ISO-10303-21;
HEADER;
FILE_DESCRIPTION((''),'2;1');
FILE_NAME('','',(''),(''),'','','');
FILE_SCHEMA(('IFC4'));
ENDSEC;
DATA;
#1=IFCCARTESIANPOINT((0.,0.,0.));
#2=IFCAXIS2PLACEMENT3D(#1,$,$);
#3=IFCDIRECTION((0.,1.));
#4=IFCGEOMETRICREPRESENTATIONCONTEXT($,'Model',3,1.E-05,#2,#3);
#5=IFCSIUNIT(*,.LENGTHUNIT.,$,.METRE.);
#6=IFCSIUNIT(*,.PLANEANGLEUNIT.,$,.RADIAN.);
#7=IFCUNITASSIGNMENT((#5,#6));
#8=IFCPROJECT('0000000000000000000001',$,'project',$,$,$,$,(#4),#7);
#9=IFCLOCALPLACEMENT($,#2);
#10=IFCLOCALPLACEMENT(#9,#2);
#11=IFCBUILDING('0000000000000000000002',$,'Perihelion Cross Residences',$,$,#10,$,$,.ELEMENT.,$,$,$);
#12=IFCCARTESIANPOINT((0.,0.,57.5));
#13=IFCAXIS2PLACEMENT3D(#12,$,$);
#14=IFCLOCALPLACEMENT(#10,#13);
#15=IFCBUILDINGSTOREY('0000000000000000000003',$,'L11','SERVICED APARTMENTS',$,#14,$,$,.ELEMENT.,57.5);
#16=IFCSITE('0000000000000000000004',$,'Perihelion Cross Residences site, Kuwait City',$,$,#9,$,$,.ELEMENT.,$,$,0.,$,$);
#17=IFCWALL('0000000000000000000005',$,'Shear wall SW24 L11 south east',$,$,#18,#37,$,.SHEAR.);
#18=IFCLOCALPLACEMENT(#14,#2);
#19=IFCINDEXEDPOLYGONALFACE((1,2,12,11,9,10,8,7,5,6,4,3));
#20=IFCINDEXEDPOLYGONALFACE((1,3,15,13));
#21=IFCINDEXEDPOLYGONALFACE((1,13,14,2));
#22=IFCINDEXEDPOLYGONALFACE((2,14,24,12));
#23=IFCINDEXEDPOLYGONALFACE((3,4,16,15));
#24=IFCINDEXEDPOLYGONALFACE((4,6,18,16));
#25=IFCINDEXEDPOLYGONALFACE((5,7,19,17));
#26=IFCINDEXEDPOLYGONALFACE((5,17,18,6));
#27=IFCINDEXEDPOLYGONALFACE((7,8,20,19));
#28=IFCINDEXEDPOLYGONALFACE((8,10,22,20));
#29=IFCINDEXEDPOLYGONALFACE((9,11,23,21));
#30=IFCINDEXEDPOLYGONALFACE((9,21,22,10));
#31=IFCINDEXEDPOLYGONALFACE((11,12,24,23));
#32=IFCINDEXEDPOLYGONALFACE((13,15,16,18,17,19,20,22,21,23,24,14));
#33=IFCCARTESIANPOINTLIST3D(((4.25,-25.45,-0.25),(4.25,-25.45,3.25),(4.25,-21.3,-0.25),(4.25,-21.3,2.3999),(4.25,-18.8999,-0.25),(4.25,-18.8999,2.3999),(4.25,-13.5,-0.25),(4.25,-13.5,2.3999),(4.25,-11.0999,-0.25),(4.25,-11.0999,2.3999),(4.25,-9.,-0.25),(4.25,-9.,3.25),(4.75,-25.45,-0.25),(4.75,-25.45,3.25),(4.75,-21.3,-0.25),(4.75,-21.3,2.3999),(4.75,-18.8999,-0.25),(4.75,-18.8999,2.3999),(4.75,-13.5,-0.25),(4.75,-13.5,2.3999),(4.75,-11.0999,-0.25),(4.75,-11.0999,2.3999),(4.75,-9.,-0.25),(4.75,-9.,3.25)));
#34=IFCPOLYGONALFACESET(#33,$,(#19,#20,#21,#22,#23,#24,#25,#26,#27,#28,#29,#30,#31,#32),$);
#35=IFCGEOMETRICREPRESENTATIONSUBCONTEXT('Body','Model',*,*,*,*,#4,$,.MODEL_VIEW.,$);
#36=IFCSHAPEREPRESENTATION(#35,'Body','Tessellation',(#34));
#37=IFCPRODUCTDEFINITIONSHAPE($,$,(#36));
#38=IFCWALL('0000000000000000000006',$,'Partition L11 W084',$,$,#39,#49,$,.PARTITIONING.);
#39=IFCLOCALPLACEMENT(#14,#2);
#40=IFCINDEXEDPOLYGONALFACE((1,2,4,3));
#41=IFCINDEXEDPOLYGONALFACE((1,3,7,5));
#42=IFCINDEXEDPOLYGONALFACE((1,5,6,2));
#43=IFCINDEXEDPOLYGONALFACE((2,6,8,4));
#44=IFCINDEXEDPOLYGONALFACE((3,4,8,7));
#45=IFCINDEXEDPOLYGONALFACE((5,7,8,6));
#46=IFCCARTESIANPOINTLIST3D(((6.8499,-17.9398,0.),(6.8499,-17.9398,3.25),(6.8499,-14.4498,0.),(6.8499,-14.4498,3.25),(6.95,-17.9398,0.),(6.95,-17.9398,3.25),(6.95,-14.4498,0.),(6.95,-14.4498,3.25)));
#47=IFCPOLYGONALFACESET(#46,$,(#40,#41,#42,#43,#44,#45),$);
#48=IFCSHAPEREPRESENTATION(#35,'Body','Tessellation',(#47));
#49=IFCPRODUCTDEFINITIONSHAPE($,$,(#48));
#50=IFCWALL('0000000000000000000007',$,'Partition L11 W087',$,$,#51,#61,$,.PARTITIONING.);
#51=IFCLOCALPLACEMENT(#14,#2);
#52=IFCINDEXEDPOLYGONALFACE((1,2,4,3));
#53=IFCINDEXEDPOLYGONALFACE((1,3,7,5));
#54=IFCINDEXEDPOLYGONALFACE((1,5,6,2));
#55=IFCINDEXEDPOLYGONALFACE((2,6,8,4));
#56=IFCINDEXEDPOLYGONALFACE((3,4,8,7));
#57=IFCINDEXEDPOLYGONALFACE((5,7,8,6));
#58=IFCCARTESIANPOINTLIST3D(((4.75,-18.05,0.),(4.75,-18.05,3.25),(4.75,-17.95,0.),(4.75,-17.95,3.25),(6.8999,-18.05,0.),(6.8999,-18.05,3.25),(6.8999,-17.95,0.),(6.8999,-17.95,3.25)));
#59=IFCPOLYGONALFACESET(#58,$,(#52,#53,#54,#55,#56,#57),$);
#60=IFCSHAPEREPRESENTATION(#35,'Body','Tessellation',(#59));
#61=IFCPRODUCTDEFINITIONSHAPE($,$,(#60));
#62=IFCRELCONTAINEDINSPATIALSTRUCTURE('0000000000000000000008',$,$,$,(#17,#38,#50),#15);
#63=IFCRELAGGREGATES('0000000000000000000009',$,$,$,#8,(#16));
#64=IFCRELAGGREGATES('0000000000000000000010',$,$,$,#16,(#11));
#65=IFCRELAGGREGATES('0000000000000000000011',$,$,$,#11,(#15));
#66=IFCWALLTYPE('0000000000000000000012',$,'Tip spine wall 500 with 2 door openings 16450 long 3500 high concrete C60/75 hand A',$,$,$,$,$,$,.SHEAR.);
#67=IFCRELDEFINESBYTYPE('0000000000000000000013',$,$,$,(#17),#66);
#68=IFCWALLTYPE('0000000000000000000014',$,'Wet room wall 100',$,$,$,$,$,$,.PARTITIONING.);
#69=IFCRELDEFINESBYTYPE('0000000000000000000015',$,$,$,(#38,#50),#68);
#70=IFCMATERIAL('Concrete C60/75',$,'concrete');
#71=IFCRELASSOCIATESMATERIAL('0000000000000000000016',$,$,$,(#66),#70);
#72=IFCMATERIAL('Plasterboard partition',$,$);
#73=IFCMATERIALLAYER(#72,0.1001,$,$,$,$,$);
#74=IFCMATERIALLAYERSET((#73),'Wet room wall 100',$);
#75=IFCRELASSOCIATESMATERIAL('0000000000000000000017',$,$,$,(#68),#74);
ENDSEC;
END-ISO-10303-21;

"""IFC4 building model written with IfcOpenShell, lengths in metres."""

from ifc_helpers import new_model, si_unit, direction, frame, frame_2d, origin, place, context, subcontext, project, spatial, polyline, rectangle, outline, extrude, material, layer, layer_set, material_profile, profile_set, type_object, element, save


model = new_model("IFC4")

# Units and contexts
model_context = context("Model", 3, precision=1e-05, world=origin(), true_north=direction((0.0, 1.0)))
body_context = subcontext(model_context, "Body", "Model", "MODEL_VIEW")
ifc_project = project(units=[si_unit("LENGTHUNIT", "METRE"), si_unit("PLANEANGLEUNIT", "RADIAN")], contexts=[model_context])

# Site, building, storey
site_placement = place(None, origin())
site = spatial("IfcSite", under=ifc_project, at=site_placement, Name="Perihelion Cross Residences site, Kuwait City", CompositionType="ELEMENT", RefElevation=0.0)
building_placement = place(site_placement, origin())
building = spatial("IfcBuilding", under=site, at=building_placement, Name="Perihelion Cross Residences", CompositionType="ELEMENT")
storey_placement = place(building_placement, frame((0.0, 0.0, 57.5)))
storey = spatial("IfcBuildingStorey", under=building, at=storey_placement, Name="L11", Description="SERVICED APARTMENTS", CompositionType="ELEMENT", Elevation=57.5)

# Walls
ifc_material_1 = material(Name="Concrete C60/75", Category="concrete")
ifc_material_profile_1 = material_profile(ifc_material_1, outline(polyline([(0.0, 0.0), (4.1499, 0.0), (4.1499, 2.6499), (6.55, 2.6499), (6.55, 0.0), (11.95, 0.0), (11.95, 2.6499), (14.3501, 2.6499), (14.3501, 0.0), (16.45, 0.0), (16.45, 3.5), (0.0, 3.5), (0.0, 0.0)])), Name="Tip spine wall")
ifc_profile_set_1 = profile_set([ifc_material_profile_1], Name="Concrete C60/75")
wall_type_1 = type_object("IfcWallType", Name="Tip spine wall 500 with 2 door openings 16450 long 3500 high concrete C60/75 hand A", PredefinedType="SHEAR", material=ifc_profile_set_1)
wall_1_placement = place(storey_placement, frame((4.25, -25.45, -0.25), z_axis=(1.0, 0.0, 0.0), x_axis=(0.0, 1.0, 0.0)))
element("IfcWall", 1, at=wall_1_placement, inside=storey, type_object=wall_type_1, Name="Shear wall SW24 L11 south east", PredefinedType="SHEAR", context=body_context, shape_type="SweptSolid", body=[
    extrude(outline(polyline([(0.0, 0.0), (4.1499, 0.0), (4.1499, 2.6499), (6.55, 2.6499), (6.55, 0.0), (11.95, 0.0), (11.95, 2.6499), (14.3501, 2.6499), (14.3501, 0.0), (16.45, 0.0), (16.45, 3.5), (0.0, 3.5), (0.0, 0.0)])), origin(), (0.0, 0.0, 1.0), 0.5),
])
ifc_material_2 = material(Name="Plasterboard partition")
ifc_layer_1 = layer(ifc_material_2, 0.1001)
ifc_layer_set_1 = layer_set([ifc_layer_1], Name="Wet room wall 100")
wall_type_2 = type_object("IfcWallType", Name="Wet room wall 100", PredefinedType="PARTITIONING", material=ifc_layer_set_1)
wall_2_placement = place(storey_placement, frame((6.8999, -17.9399, 0.0), z_axis=(0.0, 0.0, 1.0), x_axis=(0.0, 1.0, 0.0)))
element("IfcWall", 2, at=wall_2_placement, inside=storey, type_object=wall_type_2, Name="Partition L11 W084", PredefinedType="PARTITIONING", context=body_context, shape_type="SweptSolid", body=[
    extrude(rectangle(XDim=3.49, YDim=0.1001, at=frame_2d((1.7451, 0.0))), origin(), (0.0, 0.0, 1.0), 3.25),
])
wall_3_placement = place(storey_placement, frame((6.8999, -18.0, 0.0), z_axis=(0.0, 0.0, 1.0), x_axis=(-1.0, 0.0, 0.0)))
element("IfcWall", 3, at=wall_3_placement, inside=storey, type_object=wall_type_2, Name="Partition L11 W087", PredefinedType="PARTITIONING", context=body_context, shape_type="SweptSolid", body=[
    extrude(rectangle(XDim=2.1499, YDim=0.1001, at=frame_2d((1.075, 0.0))), origin(), (0.0, 0.0, 1.0), 3.25),
])

save(model, "model.ifc")
